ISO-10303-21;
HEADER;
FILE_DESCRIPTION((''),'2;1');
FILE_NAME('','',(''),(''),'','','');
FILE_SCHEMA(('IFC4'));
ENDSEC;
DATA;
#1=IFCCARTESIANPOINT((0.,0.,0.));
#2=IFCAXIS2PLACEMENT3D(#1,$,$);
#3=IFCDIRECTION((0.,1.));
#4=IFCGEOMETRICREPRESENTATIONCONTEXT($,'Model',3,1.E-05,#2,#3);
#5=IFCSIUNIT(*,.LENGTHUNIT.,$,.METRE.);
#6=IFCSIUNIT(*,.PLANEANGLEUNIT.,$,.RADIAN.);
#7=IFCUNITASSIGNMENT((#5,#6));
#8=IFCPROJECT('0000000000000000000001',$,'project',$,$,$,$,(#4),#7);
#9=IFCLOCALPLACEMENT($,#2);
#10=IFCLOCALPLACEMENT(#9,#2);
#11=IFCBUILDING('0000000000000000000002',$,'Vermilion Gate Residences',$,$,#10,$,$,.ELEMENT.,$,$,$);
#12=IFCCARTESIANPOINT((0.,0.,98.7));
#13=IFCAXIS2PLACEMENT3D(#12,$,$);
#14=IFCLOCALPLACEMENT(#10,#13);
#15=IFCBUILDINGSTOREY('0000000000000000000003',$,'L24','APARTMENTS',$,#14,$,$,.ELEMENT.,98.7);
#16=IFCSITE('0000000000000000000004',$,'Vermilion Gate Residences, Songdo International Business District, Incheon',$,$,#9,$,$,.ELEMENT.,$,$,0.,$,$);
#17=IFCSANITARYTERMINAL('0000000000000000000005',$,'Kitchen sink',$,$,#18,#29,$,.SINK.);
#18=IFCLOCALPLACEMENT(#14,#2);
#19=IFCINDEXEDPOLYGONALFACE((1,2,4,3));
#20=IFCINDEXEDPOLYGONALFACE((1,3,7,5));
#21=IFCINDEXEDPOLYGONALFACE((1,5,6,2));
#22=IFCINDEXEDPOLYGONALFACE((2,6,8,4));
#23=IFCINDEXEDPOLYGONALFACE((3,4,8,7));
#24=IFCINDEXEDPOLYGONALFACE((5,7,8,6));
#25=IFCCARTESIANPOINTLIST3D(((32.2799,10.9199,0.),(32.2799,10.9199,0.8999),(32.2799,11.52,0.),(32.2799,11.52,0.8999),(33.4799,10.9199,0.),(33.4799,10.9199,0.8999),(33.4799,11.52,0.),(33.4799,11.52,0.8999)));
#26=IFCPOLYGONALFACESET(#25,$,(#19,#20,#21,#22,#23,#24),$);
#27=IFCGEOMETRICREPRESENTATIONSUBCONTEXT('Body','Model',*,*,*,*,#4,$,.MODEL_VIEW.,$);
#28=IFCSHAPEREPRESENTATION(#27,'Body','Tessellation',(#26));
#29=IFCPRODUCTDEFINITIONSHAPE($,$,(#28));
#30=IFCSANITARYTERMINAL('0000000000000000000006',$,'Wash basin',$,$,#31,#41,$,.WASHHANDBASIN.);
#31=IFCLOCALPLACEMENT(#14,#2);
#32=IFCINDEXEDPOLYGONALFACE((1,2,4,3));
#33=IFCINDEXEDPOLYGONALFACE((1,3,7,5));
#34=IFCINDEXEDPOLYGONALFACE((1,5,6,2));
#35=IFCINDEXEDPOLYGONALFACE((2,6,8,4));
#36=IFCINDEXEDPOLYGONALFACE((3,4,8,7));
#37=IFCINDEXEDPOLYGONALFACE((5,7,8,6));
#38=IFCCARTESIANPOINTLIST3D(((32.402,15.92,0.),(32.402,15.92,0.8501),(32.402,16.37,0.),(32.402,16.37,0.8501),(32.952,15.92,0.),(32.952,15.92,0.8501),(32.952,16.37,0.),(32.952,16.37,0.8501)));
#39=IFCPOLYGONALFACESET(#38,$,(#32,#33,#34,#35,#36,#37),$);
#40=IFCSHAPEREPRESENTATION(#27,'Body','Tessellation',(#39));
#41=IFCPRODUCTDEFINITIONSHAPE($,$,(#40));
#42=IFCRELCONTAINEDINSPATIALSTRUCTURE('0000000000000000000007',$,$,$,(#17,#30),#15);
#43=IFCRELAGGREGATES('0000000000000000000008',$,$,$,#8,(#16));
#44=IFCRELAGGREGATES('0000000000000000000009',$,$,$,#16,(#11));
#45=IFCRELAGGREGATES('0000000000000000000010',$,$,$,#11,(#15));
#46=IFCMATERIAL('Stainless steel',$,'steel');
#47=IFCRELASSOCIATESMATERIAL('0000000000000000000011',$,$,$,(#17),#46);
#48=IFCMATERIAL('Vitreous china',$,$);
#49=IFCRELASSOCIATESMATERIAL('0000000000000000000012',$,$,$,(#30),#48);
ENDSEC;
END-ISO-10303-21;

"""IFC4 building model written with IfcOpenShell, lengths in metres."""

from ifc_helpers import new_model, si_unit, direction, frame, origin, origin_2d, place, context, subcontext, project, spatial, rectangle, extrude, material, element, save


model = new_model("IFC4")

# Units and contexts
model_context = context("Model", 3, precision=1e-05, world=origin(), true_north=direction((0.0, 1.0)))
body_context = subcontext(model_context, "Body", "Model", "MODEL_VIEW")
ifc_project = project(units=[si_unit("LENGTHUNIT", "METRE"), si_unit("PLANEANGLEUNIT", "RADIAN")], contexts=[model_context])

# Site, building, storey
site_placement = place(None, origin())
site = spatial("IfcSite", under=ifc_project, at=site_placement, Name="Vermilion Gate Residences, Songdo International Business District, Incheon", CompositionType="ELEMENT", RefElevation=0.0)
building_placement = place(site_placement, origin())
building = spatial("IfcBuilding", under=site, at=building_placement, Name="Vermilion Gate Residences", CompositionType="ELEMENT")
storey_placement = place(building_placement, frame((0.0, 0.0, 98.7)))
storey = spatial("IfcBuildingStorey", under=building, at=storey_placement, Name="L24", Description="APARTMENTS", CompositionType="ELEMENT", Elevation=98.7)

# Sanitary terminals
ifc_material_1 = material(Name="Stainless steel", Category="steel")
sanitary_terminal_1_placement = place(storey_placement, frame((32.8799, 11.22, 0.0), z_axis=(0.0, 0.0, 1.0), x_axis=(1.0, 0.0, 0.0)))
element("IfcSanitaryTerminal", 1, at=sanitary_terminal_1_placement, inside=storey, material=ifc_material_1, Name="Kitchen sink", PredefinedType="SINK", context=body_context, shape_type="SweptSolid", body=[
    extrude(rectangle(XDim=1.2, YDim=0.6001, at=origin_2d()), origin(), (0.0, 0.0, 1.0), 0.8999),
])
ifc_material_2 = material(Name="Vitreous china")
sanitary_terminal_2_placement = place(storey_placement, frame((32.677, 16.145, 0.0), z_axis=(0.0, 0.0, 1.0), x_axis=(1.0, 0.0, 0.0)))
element("IfcSanitaryTerminal", 2, at=sanitary_terminal_2_placement, inside=storey, material=ifc_material_2, Name="Wash basin", PredefinedType="WASHHANDBASIN", context=body_context, shape_type="SweptSolid", body=[
    extrude(rectangle(XDim=0.55, YDim=0.45, at=origin_2d()), origin(), (0.0, 0.0, 1.0), 0.8501),
])

save(model, "model.ifc")
